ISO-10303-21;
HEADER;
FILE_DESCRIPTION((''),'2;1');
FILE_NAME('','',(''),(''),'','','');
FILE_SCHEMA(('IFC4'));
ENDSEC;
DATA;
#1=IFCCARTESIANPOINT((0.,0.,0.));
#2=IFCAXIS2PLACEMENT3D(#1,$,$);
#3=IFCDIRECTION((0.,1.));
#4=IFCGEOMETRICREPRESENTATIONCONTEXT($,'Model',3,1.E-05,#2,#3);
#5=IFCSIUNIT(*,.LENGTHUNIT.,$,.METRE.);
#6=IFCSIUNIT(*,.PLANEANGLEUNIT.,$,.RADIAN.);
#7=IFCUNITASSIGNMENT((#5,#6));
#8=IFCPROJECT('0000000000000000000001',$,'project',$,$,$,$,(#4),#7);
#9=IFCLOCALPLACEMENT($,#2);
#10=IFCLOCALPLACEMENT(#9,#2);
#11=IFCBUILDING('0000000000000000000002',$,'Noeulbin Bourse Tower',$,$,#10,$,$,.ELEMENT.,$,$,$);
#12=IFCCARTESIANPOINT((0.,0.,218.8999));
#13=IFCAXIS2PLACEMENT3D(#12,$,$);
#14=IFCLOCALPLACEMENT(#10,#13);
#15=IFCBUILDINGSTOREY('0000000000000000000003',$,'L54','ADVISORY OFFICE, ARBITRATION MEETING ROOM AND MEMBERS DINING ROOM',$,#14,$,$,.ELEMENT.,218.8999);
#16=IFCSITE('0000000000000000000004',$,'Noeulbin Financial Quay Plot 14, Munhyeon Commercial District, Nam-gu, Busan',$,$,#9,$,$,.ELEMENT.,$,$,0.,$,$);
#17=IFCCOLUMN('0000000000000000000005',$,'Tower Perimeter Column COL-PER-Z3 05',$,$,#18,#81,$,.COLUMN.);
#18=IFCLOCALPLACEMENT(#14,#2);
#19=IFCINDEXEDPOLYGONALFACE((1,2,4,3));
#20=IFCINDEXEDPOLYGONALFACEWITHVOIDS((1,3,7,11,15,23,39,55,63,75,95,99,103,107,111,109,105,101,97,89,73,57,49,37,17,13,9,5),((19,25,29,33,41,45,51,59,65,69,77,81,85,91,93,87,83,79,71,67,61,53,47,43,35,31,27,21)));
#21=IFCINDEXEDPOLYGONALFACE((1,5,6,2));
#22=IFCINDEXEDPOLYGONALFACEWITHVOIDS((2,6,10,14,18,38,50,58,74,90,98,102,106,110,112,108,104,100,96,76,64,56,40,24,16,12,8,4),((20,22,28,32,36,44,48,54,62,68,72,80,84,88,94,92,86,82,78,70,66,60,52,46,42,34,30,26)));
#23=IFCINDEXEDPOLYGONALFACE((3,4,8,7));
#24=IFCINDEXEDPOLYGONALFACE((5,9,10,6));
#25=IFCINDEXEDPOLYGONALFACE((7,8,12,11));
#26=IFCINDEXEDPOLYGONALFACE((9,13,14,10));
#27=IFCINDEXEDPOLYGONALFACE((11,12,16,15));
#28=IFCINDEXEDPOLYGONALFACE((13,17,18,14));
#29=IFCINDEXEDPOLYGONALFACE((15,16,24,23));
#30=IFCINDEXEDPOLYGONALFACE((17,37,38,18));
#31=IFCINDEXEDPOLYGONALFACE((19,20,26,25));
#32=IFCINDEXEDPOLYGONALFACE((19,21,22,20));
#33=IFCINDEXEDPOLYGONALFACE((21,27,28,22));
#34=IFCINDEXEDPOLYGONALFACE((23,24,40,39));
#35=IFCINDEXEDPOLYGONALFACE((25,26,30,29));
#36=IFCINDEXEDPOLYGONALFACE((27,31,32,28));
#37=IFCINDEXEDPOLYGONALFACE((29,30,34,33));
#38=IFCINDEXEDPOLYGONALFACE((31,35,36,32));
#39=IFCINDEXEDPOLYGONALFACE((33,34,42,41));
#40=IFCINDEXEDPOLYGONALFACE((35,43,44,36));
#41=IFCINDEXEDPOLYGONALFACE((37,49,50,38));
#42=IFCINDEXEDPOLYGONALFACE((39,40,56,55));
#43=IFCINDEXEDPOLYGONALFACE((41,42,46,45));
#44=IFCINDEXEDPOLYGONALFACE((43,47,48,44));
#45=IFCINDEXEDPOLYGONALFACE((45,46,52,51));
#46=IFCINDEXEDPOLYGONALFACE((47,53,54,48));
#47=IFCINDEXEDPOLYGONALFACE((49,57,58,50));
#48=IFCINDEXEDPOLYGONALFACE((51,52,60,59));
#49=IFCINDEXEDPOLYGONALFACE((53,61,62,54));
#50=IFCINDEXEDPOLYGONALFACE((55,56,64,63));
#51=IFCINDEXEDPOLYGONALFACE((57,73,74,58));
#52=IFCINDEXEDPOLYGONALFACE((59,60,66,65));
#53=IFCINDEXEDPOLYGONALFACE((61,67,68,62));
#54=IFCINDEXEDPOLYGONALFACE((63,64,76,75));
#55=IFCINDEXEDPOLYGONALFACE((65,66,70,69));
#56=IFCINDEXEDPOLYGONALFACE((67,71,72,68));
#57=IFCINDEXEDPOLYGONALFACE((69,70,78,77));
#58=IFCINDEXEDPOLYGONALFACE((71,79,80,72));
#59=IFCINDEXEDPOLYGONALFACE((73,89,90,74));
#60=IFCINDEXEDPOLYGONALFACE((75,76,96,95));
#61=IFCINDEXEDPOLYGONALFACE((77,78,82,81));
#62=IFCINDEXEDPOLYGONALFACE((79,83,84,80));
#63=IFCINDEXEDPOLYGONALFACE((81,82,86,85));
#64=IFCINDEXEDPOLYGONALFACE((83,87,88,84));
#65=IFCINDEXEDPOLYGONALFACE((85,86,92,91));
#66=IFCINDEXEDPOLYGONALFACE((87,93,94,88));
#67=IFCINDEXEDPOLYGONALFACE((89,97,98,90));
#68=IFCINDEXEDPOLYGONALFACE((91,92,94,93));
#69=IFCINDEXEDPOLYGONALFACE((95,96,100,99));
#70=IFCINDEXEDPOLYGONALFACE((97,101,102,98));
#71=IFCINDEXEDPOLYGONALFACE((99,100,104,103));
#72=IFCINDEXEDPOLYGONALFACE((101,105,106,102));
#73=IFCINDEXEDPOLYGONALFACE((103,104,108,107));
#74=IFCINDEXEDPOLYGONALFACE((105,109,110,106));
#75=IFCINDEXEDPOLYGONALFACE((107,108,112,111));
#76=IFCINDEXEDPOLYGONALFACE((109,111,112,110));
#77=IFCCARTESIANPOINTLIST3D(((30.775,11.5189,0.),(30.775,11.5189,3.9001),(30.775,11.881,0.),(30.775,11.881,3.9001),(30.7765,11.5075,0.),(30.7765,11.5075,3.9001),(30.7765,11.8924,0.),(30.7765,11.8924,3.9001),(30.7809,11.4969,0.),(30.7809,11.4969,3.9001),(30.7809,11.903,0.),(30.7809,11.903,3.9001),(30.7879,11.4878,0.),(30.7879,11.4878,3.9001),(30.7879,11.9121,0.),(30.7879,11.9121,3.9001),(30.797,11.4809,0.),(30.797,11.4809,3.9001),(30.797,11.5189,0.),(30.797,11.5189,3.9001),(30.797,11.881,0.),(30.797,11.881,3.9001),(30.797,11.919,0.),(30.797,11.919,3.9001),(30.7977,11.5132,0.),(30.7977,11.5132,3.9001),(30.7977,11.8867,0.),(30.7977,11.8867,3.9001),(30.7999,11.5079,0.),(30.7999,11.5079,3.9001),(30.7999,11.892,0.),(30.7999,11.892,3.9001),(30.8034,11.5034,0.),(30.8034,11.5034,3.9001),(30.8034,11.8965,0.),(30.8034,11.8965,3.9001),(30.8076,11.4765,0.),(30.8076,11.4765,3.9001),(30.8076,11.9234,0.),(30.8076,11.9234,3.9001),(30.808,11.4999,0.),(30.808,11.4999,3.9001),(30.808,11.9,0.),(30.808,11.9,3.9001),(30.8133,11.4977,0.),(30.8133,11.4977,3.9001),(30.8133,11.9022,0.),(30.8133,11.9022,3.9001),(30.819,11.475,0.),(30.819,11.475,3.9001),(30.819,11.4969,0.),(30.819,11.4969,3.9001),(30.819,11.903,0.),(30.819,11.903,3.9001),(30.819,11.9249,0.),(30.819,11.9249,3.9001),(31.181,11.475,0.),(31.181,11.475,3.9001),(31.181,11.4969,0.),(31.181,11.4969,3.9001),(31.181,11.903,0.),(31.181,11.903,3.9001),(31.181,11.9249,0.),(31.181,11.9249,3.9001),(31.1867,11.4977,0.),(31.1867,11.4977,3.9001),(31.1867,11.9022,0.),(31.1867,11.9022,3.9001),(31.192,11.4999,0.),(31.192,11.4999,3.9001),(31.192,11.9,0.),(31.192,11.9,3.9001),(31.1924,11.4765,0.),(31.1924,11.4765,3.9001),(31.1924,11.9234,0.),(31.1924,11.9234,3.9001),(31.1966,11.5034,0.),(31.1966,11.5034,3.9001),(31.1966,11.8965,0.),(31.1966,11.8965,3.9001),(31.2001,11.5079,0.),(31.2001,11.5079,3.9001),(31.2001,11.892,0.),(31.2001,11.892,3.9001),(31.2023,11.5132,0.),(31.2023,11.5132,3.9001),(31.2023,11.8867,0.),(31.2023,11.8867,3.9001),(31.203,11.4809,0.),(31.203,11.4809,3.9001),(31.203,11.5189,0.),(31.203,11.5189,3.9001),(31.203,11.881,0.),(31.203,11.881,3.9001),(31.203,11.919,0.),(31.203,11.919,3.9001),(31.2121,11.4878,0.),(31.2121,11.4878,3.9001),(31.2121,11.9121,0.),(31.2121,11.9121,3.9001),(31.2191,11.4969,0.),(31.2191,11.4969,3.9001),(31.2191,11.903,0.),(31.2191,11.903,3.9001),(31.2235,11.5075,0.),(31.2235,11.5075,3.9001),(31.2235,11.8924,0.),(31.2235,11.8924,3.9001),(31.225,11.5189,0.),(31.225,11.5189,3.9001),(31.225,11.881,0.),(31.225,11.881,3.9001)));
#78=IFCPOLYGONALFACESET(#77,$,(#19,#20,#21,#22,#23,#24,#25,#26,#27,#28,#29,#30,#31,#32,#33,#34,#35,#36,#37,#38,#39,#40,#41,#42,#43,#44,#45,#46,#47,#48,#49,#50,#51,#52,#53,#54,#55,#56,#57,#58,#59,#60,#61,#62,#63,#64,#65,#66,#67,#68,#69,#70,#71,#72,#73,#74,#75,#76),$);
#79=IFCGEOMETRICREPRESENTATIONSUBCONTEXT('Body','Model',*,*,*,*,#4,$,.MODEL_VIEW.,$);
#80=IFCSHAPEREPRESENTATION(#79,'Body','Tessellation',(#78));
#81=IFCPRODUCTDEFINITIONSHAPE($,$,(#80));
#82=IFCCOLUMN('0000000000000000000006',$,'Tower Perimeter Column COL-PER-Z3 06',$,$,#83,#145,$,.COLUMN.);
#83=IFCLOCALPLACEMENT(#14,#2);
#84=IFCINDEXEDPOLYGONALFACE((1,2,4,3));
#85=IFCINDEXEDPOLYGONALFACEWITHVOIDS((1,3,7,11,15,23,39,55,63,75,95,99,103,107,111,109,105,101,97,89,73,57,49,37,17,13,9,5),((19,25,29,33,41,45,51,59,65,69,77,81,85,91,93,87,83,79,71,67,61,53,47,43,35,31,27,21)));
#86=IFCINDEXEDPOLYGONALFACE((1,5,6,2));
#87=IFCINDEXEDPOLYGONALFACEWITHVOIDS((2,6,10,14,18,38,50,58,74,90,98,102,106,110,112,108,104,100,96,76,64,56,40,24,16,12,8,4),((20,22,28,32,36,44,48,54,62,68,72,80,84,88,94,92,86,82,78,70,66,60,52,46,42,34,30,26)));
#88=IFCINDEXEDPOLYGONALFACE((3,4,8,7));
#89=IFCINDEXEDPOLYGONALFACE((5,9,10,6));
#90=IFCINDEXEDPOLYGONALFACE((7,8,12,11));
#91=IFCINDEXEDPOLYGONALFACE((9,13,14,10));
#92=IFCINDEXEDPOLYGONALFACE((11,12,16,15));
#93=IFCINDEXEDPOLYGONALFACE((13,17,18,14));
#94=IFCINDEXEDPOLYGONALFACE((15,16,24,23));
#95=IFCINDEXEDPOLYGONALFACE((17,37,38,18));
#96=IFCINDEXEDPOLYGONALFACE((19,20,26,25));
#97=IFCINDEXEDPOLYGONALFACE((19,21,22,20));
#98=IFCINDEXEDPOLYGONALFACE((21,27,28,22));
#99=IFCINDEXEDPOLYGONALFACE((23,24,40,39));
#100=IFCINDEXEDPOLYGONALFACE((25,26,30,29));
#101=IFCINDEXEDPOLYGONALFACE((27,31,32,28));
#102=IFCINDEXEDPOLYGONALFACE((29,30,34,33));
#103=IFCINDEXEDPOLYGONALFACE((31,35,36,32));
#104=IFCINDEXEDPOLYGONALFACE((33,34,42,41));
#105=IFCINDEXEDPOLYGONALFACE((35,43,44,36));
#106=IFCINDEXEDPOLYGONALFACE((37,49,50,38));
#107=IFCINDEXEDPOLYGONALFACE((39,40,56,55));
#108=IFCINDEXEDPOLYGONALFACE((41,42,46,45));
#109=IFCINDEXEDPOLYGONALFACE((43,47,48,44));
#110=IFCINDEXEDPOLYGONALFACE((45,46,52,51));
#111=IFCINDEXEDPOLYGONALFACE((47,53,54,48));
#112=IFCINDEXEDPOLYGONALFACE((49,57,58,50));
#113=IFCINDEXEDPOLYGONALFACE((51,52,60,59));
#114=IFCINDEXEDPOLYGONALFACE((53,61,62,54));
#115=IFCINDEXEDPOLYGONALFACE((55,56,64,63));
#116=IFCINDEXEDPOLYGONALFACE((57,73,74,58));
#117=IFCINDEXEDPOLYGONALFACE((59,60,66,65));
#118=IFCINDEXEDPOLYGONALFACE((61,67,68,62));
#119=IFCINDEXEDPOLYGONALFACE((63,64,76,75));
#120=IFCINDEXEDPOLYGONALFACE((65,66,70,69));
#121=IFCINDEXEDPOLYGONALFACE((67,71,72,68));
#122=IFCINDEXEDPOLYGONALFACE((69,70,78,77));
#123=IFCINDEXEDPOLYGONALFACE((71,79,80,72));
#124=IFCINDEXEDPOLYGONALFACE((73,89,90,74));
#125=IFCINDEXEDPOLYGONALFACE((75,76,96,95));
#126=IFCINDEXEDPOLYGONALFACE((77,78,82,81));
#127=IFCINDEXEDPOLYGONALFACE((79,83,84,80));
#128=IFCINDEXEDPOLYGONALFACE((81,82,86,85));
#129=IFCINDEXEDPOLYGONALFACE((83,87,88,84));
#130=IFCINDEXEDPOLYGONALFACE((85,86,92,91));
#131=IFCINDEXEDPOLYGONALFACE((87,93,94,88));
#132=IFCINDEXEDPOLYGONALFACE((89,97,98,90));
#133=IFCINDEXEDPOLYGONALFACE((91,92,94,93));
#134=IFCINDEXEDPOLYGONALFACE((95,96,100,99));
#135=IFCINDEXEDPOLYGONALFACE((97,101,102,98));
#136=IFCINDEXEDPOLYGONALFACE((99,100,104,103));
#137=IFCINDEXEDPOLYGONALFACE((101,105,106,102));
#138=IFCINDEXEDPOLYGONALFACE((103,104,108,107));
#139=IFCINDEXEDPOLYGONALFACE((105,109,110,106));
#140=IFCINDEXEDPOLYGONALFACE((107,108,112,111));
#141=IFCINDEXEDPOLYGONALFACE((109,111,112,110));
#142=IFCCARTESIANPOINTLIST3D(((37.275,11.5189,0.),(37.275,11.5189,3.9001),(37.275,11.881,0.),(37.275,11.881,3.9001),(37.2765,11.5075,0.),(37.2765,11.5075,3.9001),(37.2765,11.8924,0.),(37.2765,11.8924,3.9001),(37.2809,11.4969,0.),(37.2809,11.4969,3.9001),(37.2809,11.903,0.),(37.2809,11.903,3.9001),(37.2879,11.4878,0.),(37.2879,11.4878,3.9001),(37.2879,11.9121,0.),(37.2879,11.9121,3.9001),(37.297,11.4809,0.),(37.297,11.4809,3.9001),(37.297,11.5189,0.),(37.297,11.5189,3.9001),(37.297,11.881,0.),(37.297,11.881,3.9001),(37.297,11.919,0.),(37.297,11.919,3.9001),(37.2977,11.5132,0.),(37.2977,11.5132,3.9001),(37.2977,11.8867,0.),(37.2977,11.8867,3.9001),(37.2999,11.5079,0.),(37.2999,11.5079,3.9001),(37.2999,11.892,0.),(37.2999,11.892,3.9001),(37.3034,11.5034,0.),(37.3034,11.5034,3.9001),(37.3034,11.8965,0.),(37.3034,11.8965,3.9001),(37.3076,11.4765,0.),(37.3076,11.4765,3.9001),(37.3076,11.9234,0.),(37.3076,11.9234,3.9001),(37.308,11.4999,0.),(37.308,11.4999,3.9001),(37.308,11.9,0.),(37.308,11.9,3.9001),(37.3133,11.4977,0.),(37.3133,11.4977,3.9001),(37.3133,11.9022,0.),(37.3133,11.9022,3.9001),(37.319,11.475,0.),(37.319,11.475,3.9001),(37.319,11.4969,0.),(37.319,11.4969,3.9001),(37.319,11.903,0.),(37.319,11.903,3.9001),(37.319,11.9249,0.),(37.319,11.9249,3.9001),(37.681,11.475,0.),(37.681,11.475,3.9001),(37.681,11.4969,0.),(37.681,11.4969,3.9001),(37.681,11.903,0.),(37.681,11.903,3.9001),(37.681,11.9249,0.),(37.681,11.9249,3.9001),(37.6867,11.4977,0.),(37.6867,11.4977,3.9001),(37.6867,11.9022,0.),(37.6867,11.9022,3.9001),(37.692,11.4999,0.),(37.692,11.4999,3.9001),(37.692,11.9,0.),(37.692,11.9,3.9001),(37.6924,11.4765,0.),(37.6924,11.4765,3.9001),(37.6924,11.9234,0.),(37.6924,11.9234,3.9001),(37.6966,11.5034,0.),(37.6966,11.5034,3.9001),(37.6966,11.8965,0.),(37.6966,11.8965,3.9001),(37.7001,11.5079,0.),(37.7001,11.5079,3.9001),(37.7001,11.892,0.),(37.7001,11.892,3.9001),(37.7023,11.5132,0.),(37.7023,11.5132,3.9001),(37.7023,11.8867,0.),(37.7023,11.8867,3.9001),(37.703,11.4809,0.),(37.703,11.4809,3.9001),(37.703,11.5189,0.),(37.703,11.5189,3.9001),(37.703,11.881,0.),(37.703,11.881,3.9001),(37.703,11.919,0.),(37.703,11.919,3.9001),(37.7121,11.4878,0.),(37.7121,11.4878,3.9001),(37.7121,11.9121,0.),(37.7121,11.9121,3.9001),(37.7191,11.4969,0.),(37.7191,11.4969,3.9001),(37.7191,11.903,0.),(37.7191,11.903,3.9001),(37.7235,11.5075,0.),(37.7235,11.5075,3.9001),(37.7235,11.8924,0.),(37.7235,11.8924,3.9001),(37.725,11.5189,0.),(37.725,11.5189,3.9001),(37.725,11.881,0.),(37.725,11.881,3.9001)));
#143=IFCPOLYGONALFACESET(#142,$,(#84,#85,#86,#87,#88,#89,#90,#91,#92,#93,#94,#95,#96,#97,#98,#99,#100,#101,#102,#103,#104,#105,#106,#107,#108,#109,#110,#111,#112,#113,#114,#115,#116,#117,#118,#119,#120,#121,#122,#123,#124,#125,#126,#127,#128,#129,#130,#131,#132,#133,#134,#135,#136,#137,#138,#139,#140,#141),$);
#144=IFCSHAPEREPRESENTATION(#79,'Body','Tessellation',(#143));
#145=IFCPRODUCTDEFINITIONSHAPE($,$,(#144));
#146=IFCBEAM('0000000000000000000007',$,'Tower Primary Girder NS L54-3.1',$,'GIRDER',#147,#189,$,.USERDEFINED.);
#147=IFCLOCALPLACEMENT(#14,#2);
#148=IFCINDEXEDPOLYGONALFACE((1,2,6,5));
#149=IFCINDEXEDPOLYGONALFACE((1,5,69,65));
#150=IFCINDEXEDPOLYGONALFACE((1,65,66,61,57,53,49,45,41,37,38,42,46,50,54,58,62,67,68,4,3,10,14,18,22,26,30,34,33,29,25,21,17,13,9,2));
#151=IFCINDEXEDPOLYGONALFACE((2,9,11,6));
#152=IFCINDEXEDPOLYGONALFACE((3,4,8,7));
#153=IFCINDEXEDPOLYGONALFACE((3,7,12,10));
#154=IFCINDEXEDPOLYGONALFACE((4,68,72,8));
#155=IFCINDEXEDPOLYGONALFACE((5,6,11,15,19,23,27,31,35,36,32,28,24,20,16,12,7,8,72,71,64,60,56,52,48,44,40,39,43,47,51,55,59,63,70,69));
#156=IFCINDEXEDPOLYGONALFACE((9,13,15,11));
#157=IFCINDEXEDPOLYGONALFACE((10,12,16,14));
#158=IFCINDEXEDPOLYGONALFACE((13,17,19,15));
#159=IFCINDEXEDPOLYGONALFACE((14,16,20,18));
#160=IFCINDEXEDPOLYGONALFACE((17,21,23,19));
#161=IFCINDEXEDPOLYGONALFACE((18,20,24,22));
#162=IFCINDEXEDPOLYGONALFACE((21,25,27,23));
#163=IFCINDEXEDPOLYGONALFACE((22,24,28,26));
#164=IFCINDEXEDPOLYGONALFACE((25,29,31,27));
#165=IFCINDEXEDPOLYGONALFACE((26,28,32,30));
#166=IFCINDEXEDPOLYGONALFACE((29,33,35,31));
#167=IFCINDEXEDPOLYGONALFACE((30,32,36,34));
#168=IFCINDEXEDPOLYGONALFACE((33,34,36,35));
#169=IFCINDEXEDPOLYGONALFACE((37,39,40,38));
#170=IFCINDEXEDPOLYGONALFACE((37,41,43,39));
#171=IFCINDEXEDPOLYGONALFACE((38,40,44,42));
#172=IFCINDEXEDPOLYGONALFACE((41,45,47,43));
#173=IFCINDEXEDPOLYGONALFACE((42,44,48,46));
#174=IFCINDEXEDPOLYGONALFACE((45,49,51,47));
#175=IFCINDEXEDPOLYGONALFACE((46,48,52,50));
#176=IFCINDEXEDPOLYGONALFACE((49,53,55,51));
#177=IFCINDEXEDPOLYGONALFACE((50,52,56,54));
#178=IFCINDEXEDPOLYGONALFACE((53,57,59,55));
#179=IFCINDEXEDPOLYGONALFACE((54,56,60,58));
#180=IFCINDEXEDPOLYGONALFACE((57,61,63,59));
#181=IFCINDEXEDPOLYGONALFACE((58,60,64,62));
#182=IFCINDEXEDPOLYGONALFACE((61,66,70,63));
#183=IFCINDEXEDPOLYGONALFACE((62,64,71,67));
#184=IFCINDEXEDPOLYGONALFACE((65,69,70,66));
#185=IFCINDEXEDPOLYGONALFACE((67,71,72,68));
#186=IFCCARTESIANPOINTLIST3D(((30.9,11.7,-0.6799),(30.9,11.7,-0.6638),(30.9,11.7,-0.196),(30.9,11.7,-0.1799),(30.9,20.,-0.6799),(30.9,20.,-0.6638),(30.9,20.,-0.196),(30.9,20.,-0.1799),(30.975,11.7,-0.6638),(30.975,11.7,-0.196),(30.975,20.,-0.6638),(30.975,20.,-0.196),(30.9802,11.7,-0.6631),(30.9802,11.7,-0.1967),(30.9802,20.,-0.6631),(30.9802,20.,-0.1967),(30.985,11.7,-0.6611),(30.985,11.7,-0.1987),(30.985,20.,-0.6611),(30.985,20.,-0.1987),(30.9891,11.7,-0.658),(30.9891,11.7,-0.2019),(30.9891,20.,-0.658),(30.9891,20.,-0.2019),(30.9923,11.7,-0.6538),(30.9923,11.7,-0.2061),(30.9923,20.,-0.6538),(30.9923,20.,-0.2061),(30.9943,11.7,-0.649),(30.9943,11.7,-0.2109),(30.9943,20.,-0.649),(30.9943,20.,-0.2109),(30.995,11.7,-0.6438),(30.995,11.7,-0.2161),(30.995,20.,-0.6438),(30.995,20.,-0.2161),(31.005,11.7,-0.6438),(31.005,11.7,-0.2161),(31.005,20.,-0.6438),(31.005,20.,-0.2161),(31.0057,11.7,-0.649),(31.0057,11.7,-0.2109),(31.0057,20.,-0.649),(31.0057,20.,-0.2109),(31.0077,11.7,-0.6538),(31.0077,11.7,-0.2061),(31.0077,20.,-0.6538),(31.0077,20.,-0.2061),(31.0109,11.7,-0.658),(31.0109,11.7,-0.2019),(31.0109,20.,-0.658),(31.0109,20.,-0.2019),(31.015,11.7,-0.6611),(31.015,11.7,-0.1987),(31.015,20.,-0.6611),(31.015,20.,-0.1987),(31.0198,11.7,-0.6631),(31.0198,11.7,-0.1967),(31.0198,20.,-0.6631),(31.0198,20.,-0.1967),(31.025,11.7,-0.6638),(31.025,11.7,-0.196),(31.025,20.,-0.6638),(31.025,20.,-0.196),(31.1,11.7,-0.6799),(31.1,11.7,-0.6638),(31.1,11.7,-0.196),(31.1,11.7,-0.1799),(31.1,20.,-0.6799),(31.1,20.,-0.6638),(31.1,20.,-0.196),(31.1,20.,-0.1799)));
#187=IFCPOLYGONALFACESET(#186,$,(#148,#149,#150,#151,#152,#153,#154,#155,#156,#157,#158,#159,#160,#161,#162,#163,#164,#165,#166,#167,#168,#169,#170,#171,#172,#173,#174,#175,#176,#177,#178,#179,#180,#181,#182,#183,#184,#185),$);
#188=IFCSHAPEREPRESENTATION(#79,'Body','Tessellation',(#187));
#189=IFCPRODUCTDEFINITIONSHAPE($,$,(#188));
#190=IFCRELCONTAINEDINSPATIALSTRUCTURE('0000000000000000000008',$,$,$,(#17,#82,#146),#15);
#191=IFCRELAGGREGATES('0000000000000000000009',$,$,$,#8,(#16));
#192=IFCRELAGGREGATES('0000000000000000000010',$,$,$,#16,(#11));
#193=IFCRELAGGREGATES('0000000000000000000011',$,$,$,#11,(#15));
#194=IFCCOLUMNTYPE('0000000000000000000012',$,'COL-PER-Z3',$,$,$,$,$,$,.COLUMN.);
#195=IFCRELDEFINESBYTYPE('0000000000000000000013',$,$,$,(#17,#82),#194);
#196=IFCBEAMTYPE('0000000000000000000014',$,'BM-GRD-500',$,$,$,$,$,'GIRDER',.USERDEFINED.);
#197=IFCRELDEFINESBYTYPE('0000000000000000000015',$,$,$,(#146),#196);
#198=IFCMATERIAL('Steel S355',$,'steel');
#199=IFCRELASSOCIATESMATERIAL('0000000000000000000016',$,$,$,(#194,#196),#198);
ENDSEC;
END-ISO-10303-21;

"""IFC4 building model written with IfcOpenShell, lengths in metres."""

from ifc_helpers import new_model, si_unit, direction, frame, origin, origin_2d, place, context, subcontext, project, spatial, hollow_rectangle, i_section, extrude, material, material_profile, profile_set, type_object, element, save


model = new_model("IFC4")

# Units and contexts
model_context = context("Model", 3, precision=1e-05, world=origin(), true_north=direction((0.0, 1.0)))
body_context = subcontext(model_context, "Body", "Model", "MODEL_VIEW")
ifc_project = project(units=[si_unit("LENGTHUNIT", "METRE"), si_unit("PLANEANGLEUNIT", "RADIAN")], contexts=[model_context])

# Site, building, storey
site_placement = place(None, origin())
site = spatial("IfcSite", under=ifc_project, at=site_placement, Name="Noeulbin Financial Quay Plot 14, Munhyeon Commercial District, Nam-gu, Busan", CompositionType="ELEMENT", RefElevation=0.0)
building_placement = place(site_placement, origin())
building = spatial("IfcBuilding", under=site, at=building_placement, Name="Noeulbin Bourse Tower", CompositionType="ELEMENT")
storey_placement = place(building_placement, frame((0.0, 0.0, 218.8999)))
storey = spatial("IfcBuildingStorey", under=building, at=storey_placement, Name="L54", Description="ADVISORY OFFICE, ARBITRATION MEETING ROOM AND MEMBERS DINING ROOM", CompositionType="ELEMENT", Elevation=218.8999)

# Columns
ifc_material_1 = material(Name="Steel S355", Category="steel")
ifc_material_profile_1 = material_profile(ifc_material_1, hollow_rectangle(XDim=0.45, YDim=0.45, WallThickness=0.022, InnerFilletRadius=0.022, OuterFilletRadius=0.0439, at=origin_2d()), Name="SHS-450x450x22", Category="LoadBearing")
ifc_profile_set_1 = profile_set([ifc_material_profile_1], Name="Steel S355")
column_type = type_object("IfcColumnType", Name="COL-PER-Z3", PredefinedType="COLUMN", material=ifc_profile_set_1)
for number, where, z_axis, x_axis, name in (
    (1, (31.0, 11.7, 0.0), (0.0, 0.0, 1.0), (1.0, 0.0, 0.0), "Tower Perimeter Column COL-PER-Z3 05"),
    (2, (37.5, 11.7, 0.0), (0.0, 0.0, 1.0), (1.0, 0.0, 0.0), "Tower Perimeter Column COL-PER-Z3 06"),
):
    element("IfcColumn", number, at=place(storey_placement, frame(where, z_axis=z_axis, x_axis=x_axis)), inside=storey, type_object=column_type, Name=name, PredefinedType="COLUMN", context=body_context, shape_type="SweptSolid", body=[
        extrude(hollow_rectangle(XDim=0.45, YDim=0.45, WallThickness=0.022, InnerFilletRadius=0.022, OuterFilletRadius=0.0439, at=origin_2d()), origin(), (0.0, 0.0, 1.0), 3.9001),
    ])

# Beam
ifc_material_profile_2 = material_profile(ifc_material_1, i_section(OverallWidth=0.2, OverallDepth=0.5, WebThickness=0.01, FlangeThickness=0.0161, FilletRadius=0.02, at=origin_2d()), Name="H-500x200x10x16", Category="LoadBearing")
ifc_profile_set_2 = profile_set([ifc_material_profile_2], Name="Steel S355")
beam_type_1 = type_object("IfcBeamType", Name="BM-GRD-500", ElementType="GIRDER", PredefinedType="USERDEFINED", material=ifc_profile_set_2)
for number, where, z_axis, x_axis, name in (
    (3, (31.0, 11.7, -0.4299), (0.0, 1.0, 0.0), (-1.0, 0.0, 0.0), "Tower Primary Girder NS L54-3.1"),
):
    element("IfcBeam", number, at=place(storey_placement, frame(where, z_axis=z_axis, x_axis=x_axis)), inside=storey, type_object=beam_type_1, Name=name, ObjectType="GIRDER", PredefinedType="USERDEFINED", context=body_context, shape_type="SweptSolid", body=[
        extrude(i_section(OverallWidth=0.2, OverallDepth=0.5, WebThickness=0.01, FlangeThickness=0.0161, FilletRadius=0.02, at=origin_2d()), origin(), (0.0, 0.0, 1.0), 8.3),
    ])

save(model, "model.ifc")
